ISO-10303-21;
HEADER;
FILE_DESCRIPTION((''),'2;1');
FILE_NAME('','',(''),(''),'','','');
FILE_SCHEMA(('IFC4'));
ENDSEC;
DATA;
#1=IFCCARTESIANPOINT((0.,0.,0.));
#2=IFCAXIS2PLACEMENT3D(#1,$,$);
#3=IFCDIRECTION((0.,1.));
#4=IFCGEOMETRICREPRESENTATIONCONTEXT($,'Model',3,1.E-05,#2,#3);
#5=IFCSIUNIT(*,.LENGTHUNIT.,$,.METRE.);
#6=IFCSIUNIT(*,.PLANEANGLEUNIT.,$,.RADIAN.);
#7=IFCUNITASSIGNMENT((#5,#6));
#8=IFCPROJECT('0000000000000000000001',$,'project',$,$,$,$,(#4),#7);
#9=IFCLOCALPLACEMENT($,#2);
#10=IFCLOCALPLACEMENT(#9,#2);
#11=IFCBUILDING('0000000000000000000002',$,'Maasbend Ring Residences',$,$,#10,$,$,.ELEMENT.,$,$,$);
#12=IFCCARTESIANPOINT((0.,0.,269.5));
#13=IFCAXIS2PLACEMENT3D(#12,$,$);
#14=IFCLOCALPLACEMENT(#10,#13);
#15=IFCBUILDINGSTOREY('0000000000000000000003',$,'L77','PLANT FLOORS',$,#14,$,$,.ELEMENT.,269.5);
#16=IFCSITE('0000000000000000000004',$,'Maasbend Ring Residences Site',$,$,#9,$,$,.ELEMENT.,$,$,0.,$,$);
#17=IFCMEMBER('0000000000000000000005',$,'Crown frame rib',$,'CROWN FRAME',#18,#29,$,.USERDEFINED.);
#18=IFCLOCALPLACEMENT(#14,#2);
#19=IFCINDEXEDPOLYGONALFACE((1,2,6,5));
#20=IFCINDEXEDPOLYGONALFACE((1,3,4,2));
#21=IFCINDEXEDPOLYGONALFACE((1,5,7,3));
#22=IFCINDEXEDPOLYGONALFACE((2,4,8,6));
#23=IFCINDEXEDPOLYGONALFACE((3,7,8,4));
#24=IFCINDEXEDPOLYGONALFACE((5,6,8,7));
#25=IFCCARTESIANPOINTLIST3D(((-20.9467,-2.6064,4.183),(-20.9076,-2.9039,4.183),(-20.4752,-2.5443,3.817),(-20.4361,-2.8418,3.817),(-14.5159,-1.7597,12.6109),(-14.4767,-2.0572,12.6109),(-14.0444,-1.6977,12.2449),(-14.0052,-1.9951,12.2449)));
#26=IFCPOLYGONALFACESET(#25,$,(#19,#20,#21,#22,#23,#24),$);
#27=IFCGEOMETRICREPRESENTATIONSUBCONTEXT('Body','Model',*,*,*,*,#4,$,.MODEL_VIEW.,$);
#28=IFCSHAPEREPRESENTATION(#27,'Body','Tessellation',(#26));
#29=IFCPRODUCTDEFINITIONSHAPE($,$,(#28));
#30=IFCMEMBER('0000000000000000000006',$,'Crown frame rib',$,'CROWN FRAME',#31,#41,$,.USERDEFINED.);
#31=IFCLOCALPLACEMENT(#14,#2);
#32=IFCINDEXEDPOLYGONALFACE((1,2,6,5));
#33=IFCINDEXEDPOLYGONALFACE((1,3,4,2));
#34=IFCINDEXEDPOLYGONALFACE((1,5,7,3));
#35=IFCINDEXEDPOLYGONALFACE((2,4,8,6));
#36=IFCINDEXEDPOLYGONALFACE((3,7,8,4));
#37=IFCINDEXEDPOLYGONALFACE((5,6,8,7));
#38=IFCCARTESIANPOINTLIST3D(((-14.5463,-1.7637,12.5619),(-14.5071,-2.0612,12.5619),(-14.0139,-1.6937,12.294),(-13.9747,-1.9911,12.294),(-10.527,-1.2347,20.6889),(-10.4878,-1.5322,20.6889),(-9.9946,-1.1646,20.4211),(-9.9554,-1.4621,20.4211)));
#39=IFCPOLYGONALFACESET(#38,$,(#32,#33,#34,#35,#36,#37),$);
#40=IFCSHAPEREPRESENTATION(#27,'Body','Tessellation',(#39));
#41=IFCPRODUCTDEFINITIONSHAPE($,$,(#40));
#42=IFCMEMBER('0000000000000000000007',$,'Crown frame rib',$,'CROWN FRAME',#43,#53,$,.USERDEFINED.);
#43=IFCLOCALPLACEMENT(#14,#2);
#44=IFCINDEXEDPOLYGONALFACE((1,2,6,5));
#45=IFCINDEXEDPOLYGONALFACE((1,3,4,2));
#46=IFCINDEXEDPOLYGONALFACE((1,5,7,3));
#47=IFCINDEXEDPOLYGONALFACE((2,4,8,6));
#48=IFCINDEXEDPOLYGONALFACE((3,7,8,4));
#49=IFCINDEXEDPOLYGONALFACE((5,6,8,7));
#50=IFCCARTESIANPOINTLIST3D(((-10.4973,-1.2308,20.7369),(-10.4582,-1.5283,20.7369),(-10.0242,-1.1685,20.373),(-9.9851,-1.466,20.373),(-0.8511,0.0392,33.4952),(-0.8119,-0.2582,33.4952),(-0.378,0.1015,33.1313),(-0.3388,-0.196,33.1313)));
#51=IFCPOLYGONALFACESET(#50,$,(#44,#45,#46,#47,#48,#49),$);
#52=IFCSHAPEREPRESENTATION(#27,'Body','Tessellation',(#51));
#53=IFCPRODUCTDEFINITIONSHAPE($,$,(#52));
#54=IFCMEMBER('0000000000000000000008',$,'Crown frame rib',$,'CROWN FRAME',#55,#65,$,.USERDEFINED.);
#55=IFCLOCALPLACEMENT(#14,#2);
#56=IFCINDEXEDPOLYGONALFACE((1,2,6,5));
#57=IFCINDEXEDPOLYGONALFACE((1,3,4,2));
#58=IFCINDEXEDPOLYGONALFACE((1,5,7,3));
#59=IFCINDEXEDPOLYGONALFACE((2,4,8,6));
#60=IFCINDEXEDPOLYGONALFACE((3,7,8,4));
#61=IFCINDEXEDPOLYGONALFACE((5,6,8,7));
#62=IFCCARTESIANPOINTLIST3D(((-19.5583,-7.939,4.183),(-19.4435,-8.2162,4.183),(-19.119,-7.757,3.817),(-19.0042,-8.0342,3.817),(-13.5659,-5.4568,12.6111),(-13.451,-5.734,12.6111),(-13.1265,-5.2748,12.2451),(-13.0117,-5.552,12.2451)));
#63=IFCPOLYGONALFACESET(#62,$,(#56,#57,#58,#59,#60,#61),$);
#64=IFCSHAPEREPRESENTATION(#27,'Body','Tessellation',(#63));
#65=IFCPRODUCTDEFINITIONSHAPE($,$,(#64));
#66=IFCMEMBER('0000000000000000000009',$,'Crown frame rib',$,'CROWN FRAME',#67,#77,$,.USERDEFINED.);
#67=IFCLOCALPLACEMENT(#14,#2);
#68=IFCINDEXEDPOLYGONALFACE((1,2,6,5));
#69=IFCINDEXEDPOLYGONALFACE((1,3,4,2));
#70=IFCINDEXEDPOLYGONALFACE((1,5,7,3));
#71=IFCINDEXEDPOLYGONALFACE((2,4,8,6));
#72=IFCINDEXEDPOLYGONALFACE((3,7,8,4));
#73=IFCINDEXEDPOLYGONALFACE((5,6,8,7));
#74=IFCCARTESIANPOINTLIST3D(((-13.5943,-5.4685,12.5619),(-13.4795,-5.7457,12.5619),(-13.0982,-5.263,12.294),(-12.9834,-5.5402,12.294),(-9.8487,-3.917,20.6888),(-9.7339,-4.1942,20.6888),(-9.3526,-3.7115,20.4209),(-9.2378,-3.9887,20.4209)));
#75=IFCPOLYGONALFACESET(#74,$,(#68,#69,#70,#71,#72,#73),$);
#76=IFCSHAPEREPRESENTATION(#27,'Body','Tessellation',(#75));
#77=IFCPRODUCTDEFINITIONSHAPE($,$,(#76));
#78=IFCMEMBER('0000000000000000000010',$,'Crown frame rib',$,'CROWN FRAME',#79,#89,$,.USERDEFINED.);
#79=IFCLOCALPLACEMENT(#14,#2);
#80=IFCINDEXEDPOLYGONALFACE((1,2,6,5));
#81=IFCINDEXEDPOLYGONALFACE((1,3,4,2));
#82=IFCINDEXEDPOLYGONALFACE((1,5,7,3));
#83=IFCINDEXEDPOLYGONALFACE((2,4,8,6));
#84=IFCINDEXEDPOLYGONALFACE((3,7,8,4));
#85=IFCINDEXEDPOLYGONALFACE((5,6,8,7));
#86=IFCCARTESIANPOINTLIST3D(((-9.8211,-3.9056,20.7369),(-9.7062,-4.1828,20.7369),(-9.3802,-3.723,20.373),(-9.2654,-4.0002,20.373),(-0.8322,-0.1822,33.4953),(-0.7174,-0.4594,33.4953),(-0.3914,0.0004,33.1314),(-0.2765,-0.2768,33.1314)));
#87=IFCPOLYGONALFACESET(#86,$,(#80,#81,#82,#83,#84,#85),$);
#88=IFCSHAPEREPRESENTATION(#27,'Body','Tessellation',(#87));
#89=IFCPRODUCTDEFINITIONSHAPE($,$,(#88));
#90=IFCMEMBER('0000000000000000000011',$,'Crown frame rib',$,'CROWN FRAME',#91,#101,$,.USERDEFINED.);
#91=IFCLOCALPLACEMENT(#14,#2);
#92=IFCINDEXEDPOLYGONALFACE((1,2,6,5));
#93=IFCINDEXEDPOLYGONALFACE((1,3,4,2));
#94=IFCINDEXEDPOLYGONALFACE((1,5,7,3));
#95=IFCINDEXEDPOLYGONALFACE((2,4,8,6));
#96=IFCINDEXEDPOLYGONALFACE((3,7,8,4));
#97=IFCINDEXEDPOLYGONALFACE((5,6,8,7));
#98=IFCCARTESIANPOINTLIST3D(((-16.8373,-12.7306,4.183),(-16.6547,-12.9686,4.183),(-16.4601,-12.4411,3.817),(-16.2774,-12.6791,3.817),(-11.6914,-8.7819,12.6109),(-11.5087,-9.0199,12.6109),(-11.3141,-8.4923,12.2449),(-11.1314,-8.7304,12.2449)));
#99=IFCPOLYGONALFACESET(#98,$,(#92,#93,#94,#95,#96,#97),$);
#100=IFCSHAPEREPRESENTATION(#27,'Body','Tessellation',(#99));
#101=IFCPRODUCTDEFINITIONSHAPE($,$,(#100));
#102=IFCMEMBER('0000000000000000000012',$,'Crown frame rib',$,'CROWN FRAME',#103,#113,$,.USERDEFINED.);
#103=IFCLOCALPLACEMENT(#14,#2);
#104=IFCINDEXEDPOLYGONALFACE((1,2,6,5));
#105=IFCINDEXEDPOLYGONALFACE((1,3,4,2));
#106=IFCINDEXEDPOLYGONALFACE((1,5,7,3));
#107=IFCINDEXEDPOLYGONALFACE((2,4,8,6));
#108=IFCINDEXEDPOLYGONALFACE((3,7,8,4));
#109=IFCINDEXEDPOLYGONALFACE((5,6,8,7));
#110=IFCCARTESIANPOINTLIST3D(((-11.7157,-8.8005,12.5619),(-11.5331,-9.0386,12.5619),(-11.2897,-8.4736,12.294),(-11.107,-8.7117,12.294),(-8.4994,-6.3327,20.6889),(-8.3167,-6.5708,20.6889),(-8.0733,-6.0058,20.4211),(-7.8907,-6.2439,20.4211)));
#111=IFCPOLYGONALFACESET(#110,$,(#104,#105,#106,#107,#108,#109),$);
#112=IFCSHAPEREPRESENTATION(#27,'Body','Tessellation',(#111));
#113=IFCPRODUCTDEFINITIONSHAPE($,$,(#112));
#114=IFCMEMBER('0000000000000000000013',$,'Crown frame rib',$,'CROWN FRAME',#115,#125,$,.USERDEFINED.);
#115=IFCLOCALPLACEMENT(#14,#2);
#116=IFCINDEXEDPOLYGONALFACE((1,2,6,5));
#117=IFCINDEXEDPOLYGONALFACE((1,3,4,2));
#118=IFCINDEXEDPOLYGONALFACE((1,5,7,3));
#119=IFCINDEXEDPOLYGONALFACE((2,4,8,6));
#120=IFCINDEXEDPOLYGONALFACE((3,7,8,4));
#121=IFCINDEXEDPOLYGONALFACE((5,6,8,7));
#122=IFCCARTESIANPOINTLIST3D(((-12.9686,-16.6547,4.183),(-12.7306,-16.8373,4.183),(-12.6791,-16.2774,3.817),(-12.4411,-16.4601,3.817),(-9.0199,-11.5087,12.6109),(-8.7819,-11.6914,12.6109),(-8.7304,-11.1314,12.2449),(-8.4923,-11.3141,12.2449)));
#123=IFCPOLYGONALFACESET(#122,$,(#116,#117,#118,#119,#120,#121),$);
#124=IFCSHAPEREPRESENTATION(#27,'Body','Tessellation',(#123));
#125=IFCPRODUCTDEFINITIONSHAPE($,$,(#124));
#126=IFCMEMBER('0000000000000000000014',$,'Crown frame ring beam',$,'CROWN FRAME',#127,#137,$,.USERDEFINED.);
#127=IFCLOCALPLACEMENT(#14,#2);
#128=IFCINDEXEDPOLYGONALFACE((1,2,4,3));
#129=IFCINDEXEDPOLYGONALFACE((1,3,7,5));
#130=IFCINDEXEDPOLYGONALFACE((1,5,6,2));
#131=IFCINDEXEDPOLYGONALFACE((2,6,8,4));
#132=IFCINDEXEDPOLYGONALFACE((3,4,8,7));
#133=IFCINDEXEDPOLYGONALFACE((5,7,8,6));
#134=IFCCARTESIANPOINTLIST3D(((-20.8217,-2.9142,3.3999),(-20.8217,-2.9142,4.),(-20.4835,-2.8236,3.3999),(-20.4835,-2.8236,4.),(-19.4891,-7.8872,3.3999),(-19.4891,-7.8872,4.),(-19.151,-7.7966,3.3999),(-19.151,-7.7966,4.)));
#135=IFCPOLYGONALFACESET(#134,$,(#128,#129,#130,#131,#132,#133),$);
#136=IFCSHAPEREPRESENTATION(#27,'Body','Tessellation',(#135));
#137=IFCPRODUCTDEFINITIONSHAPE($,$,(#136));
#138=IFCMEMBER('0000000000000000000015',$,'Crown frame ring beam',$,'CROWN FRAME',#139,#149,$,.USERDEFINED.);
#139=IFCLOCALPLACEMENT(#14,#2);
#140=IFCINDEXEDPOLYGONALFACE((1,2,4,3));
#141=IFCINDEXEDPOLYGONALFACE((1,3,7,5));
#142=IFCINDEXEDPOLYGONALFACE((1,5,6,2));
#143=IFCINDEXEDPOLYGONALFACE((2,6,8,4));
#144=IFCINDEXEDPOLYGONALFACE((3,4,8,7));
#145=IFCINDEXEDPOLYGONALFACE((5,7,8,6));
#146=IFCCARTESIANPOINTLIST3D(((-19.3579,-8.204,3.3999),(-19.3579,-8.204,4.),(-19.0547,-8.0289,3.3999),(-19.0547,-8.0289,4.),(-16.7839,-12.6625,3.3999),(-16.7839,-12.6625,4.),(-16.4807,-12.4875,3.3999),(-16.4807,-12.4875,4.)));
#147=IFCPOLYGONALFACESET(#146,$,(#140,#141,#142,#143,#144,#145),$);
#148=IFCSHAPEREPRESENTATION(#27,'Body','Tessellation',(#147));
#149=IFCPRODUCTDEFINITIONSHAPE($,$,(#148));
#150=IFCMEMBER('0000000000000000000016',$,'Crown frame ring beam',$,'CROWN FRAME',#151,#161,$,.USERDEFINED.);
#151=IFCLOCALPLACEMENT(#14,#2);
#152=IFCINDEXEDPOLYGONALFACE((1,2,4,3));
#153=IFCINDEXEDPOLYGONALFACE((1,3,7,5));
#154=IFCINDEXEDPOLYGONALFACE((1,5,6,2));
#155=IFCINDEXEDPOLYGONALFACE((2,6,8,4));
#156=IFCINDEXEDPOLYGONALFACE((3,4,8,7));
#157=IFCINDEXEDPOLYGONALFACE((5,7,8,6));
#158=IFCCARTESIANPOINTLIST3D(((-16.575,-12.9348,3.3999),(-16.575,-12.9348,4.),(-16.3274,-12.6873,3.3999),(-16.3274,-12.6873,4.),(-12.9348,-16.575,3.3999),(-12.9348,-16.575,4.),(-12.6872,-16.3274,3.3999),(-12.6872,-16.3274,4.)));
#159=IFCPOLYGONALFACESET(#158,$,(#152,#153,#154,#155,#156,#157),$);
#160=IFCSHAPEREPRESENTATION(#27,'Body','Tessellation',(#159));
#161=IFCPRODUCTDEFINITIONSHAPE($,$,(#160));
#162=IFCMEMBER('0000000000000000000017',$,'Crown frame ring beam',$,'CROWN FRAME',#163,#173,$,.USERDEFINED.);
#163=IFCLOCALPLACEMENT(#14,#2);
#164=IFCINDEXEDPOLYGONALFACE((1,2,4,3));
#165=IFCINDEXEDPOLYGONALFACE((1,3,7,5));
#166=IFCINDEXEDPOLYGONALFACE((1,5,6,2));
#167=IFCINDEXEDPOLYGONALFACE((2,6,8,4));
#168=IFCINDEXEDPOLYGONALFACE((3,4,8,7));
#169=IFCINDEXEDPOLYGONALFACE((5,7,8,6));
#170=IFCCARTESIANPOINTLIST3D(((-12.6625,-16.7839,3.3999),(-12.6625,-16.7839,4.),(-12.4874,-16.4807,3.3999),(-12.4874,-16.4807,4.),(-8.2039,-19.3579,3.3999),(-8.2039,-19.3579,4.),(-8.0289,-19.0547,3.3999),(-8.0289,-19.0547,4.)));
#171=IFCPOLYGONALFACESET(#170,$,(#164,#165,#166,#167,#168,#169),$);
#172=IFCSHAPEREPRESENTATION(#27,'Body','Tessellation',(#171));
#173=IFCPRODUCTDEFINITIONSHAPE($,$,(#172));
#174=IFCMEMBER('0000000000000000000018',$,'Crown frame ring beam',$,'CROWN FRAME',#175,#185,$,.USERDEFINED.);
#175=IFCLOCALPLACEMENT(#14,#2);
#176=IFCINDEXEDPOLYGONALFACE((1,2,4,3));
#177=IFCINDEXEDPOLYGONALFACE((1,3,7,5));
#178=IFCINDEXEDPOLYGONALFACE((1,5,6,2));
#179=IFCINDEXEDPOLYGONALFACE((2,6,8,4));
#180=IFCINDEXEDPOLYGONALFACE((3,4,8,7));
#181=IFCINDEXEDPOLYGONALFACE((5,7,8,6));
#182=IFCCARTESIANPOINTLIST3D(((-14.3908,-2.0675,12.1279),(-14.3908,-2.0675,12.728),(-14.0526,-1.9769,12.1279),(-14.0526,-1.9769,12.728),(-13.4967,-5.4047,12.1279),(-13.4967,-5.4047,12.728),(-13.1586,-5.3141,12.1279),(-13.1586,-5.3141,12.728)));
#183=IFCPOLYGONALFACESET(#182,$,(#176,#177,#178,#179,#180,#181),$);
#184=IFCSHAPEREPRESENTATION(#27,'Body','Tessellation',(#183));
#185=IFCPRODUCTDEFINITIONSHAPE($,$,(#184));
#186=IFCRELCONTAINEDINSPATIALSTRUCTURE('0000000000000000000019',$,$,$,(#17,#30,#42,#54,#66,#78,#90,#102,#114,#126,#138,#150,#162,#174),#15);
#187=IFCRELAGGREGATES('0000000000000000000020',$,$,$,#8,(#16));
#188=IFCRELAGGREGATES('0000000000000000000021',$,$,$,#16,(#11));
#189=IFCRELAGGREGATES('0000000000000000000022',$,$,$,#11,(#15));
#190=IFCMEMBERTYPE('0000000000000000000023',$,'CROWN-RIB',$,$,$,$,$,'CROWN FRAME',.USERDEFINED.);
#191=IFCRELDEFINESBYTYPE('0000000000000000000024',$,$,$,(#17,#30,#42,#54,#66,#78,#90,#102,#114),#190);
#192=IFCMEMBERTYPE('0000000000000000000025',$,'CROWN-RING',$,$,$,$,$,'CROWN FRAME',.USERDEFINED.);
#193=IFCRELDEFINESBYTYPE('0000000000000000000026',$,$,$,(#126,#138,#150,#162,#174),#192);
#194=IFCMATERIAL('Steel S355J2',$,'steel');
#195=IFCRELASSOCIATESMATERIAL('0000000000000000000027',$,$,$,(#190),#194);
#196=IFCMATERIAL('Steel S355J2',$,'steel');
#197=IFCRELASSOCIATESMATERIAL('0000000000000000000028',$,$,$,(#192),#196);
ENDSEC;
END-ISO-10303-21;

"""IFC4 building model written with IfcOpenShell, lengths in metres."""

from ifc_helpers import new_model, si_unit, direction, frame, origin, origin_2d, place, context, subcontext, project, spatial, rectangle, extrude, material, material_profile, profile_set, type_object, element, save


model = new_model("IFC4")

# Units and contexts
model_context = context("Model", 3, precision=1e-05, world=origin(), true_north=direction((0.0, 1.0)))
body_context = subcontext(model_context, "Body", "Model", "MODEL_VIEW")
ifc_project = project(units=[si_unit("LENGTHUNIT", "METRE"), si_unit("PLANEANGLEUNIT", "RADIAN")], contexts=[model_context])

# Site, building, storey
site_placement = place(None, origin())
site = spatial("IfcSite", under=ifc_project, at=site_placement, Name="Maasbend Ring Residences Site", CompositionType="ELEMENT", RefElevation=0.0)
building_placement = place(site_placement, origin())
building = spatial("IfcBuilding", under=site, at=building_placement, Name="Maasbend Ring Residences", CompositionType="ELEMENT")
storey_placement = place(building_placement, frame((0.0, 0.0, 269.5)))
storey = spatial("IfcBuildingStorey", under=building, at=storey_placement, Name="L77", Description="PLANT FLOORS", CompositionType="ELEMENT", Elevation=269.5)

# Members
ifc_material_1 = material(Name="Steel S355J2", Category="steel")
ifc_material_profile_1 = material_profile(ifc_material_1, rectangle(XDim=0.3, YDim=0.6001, at=origin_2d()), Name="Box 300x600x12")
ifc_profile_set_1 = profile_set([ifc_material_profile_1], Name="Steel S355J2")
member_type_1 = type_object("IfcMemberType", Name="CROWN-RIB", ElementType="CROWN FRAME", PredefinedType="USERDEFINED", material=ifc_profile_set_1)
member_1_placement = place(storey_placement, frame((-20.6914, -2.7241, 4.0), z_axis=(0.60469, 0.079612, 0.792472), x_axis=(-0.130531, 0.991444, 0.0)))
element("IfcMember", 1, at=member_1_placement, inside=storey, type_object=member_type_1, Name="Crown frame rib", ObjectType="CROWN FRAME", PredefinedType="USERDEFINED", context=body_context, shape_type="SweptSolid", body=[
    extrude(rectangle(XDim=0.3, YDim=0.6001, at=origin_2d()), origin(), (0.0, 0.0, 1.0), 10.635),
])
member_2_placement = place(storey_placement, frame((-14.2605, -1.8774, 12.428), z_axis=(0.442557, 0.058253, 0.894846), x_axis=(-0.130503, 0.991448, 0.0)))
element("IfcMember", 2, at=member_2_placement, inside=storey, type_object=member_type_1, Name="Crown frame rib", ObjectType="CROWN FRAME", PredefinedType="USERDEFINED", context=body_context, shape_type="SweptSolid", body=[
    extrude(rectangle(XDim=0.3, YDim=0.6001, at=origin_2d()), origin(), (0.0, 0.0, 1.0), 9.082),
])
member_3_placement = place(storey_placement, frame((-10.2412, -1.3484, 20.5549), z_axis=(0.601205, 0.079154, 0.795165), x_axis=(-0.130533, 0.991444, 0.0)))
element("IfcMember", 3, at=member_3_placement, inside=storey, type_object=member_type_1, Name="Crown frame rib", ObjectType="CROWN FRAME", PredefinedType="USERDEFINED", context=body_context, shape_type="SweptSolid", body=[
    extrude(rectangle(XDim=0.3, YDim=0.6001, at=origin_2d()), origin(), (0.0, 0.0, 1.0), 16.0449),
])
member_4_placement = place(storey_placement, frame((-19.2812, -7.9866, 4.0), z_axis=(0.563468, 0.233399, 0.792483), x_axis=(-0.382688, 0.923878, 0.0)))
element("IfcMember", 4, at=member_4_placement, inside=storey, type_object=member_type_1, Name="Crown frame rib", ObjectType="CROWN FRAME", PredefinedType="USERDEFINED", context=body_context, shape_type="SweptSolid", body=[
    extrude(rectangle(XDim=0.3, YDim=0.6001, at=origin_2d()), origin(), (0.0, 0.0, 1.0), 10.635),
])
member_5_placement = place(storey_placement, frame((-13.2888, -5.5044, 12.428), z_axis=(0.412417, 0.170832, 0.894834), x_axis=(-0.38269, 0.923877, 0.0)))
element("IfcMember", 5, at=member_5_placement, inside=storey, type_object=member_type_1, Name="Crown frame rib", ObjectType="CROWN FRAME", PredefinedType="USERDEFINED", context=body_context, shape_type="SweptSolid", body=[
    extrude(rectangle(XDim=0.3, YDim=0.6001, at=origin_2d()), origin(), (0.0, 0.0, 1.0), 9.082),
])
member_6_placement = place(storey_placement, frame((-9.5432, -3.9529, 20.5549), z_axis=(0.560229, 0.232062, 0.795167), x_axis=(-0.382694, 0.923875, 0.0)))
element("IfcMember", 6, at=member_6_placement, inside=storey, type_object=member_type_1, Name="Crown frame rib", ObjectType="CROWN FRAME", PredefinedType="USERDEFINED", context=body_context, shape_type="SweptSolid", body=[
    extrude(rectangle(XDim=0.3, YDim=0.6001, at=origin_2d()), origin(), (0.0, 0.0, 1.0), 16.0449),
])
member_7_placement = place(storey_placement, frame((-16.5574, -12.7048, 4.0), z_axis=(0.483871, 0.371294, 0.792471), x_axis=(-0.608768, 0.793348, 0.0)))
element("IfcMember", 7, at=member_7_placement, inside=storey, type_object=member_type_1, Name="Crown frame rib", ObjectType="CROWN FRAME", PredefinedType="USERDEFINED", context=body_context, shape_type="SweptSolid", body=[
    extrude(rectangle(XDim=0.3, YDim=0.6001, at=origin_2d()), origin(), (0.0, 0.0, 1.0), 10.635),
])
member_8_placement = place(storey_placement, frame((-11.4114, -8.7561, 12.428), z_axis=(0.354143, 0.271723, 0.894846), x_axis=(-0.608732, 0.793376, 0.0)))
element("IfcMember", 8, at=member_8_placement, inside=storey, type_object=member_type_1, Name="Crown frame rib", ObjectType="CROWN FRAME", PredefinedType="USERDEFINED", context=body_context, shape_type="SweptSolid", body=[
    extrude(rectangle(XDim=0.3, YDim=0.6001, at=origin_2d()), origin(), (0.0, 0.0, 1.0), 9.082),
])
member_9_placement = place(storey_placement, frame((-12.7048, -16.5574, 4.0), z_axis=(0.371294, 0.483871, 0.792471), x_axis=(-0.793348, 0.608768, 0.0)))
element("IfcMember", 9, at=member_9_placement, inside=storey, type_object=member_type_1, Name="Crown frame rib", ObjectType="CROWN FRAME", PredefinedType="USERDEFINED", context=body_context, shape_type="SweptSolid", body=[
    extrude(rectangle(XDim=0.3, YDim=0.6001, at=origin_2d()), origin(), (0.0, 0.0, 1.0), 10.635),
])
ifc_material_2 = material(Name="Steel S355J2", Category="steel")
ifc_material_profile_2 = material_profile(ifc_material_2, rectangle(XDim=0.3501, YDim=0.6001, at=origin_2d()), Name="Box 350x600x16")
ifc_profile_set_2 = profile_set([ifc_material_profile_2], Name="Steel S355J2")
member_type_2 = type_object("IfcMemberType", Name="CROWN-RING", ElementType="CROWN FRAME", PredefinedType="USERDEFINED", material=ifc_profile_set_2)
member_10_placement = place(storey_placement, frame((-20.6526, -2.8689, 3.7), z_axis=(0.258825, -0.965924, 0.0), x_axis=(0.965924, 0.258825, 0.0)))
element("IfcMember", 10, at=member_10_placement, inside=storey, type_object=member_type_2, Name="Crown frame ring beam", ObjectType="CROWN FRAME", PredefinedType="USERDEFINED", context=body_context, shape_type="SweptSolid", body=[
    extrude(rectangle(XDim=0.3501, YDim=0.6001, at=origin_2d()), origin(), (0.0, 0.0, 1.0), 5.1484),
])
member_11_placement = place(storey_placement, frame((-19.2063, -8.1165, 3.7), z_axis=(0.49998, -0.866037, 0.0), x_axis=(0.866037, 0.49998, 0.0)))
element("IfcMember", 11, at=member_11_placement, inside=storey, type_object=member_type_2, Name="Crown frame ring beam", ObjectType="CROWN FRAME", PredefinedType="USERDEFINED", context=body_context, shape_type="SweptSolid", body=[
    extrude(rectangle(XDim=0.3501, YDim=0.6001, at=origin_2d()), origin(), (0.0, 0.0, 1.0), 5.1482),
])
member_12_placement = place(storey_placement, frame((-16.4512, -12.811, 3.7), z_axis=(0.707107, -0.707107, 0.0), x_axis=(0.707107, 0.707107, 0.0)))
element("IfcMember", 12, at=member_12_placement, inside=storey, type_object=member_type_2, Name="Crown frame ring beam", ObjectType="CROWN FRAME", PredefinedType="USERDEFINED", context=body_context, shape_type="SweptSolid", body=[
    extrude(rectangle(XDim=0.3501, YDim=0.6001, at=origin_2d()), origin(), (0.0, 0.0, 1.0), 5.1479),
])
member_13_placement = place(storey_placement, frame((-12.575, -16.6323, 3.7), z_axis=(0.866037, -0.49998, 0.0), x_axis=(0.49998, 0.866037, 0.0)))
element("IfcMember", 13, at=member_13_placement, inside=storey, type_object=member_type_2, Name="Crown frame ring beam", ObjectType="CROWN FRAME", PredefinedType="USERDEFINED", context=body_context, shape_type="SweptSolid", body=[
    extrude(rectangle(XDim=0.3501, YDim=0.6001, at=origin_2d()), origin(), (0.0, 0.0, 1.0), 5.1482),
])
for number, where, z_axis, x_axis, name in (
    (14, (-14.2217, -2.0222, 12.428), (0.25878, -0.965936, 0.0), (0.965936, 0.25878, 0.0), "Crown frame ring beam"),
):
    element("IfcMember", number, at=place(storey_placement, frame(where, z_axis=z_axis, x_axis=x_axis)), inside=storey, type_object=member_type_2, Name=name, ObjectType="CROWN FRAME", PredefinedType="USERDEFINED", context=body_context, shape_type="SweptSolid", body=[
        extrude(rectangle(XDim=0.3501, YDim=0.6001, at=origin_2d()), origin(), (0.0, 0.0, 1.0), 3.4548),
    ])

save(model, "model.ifc")
